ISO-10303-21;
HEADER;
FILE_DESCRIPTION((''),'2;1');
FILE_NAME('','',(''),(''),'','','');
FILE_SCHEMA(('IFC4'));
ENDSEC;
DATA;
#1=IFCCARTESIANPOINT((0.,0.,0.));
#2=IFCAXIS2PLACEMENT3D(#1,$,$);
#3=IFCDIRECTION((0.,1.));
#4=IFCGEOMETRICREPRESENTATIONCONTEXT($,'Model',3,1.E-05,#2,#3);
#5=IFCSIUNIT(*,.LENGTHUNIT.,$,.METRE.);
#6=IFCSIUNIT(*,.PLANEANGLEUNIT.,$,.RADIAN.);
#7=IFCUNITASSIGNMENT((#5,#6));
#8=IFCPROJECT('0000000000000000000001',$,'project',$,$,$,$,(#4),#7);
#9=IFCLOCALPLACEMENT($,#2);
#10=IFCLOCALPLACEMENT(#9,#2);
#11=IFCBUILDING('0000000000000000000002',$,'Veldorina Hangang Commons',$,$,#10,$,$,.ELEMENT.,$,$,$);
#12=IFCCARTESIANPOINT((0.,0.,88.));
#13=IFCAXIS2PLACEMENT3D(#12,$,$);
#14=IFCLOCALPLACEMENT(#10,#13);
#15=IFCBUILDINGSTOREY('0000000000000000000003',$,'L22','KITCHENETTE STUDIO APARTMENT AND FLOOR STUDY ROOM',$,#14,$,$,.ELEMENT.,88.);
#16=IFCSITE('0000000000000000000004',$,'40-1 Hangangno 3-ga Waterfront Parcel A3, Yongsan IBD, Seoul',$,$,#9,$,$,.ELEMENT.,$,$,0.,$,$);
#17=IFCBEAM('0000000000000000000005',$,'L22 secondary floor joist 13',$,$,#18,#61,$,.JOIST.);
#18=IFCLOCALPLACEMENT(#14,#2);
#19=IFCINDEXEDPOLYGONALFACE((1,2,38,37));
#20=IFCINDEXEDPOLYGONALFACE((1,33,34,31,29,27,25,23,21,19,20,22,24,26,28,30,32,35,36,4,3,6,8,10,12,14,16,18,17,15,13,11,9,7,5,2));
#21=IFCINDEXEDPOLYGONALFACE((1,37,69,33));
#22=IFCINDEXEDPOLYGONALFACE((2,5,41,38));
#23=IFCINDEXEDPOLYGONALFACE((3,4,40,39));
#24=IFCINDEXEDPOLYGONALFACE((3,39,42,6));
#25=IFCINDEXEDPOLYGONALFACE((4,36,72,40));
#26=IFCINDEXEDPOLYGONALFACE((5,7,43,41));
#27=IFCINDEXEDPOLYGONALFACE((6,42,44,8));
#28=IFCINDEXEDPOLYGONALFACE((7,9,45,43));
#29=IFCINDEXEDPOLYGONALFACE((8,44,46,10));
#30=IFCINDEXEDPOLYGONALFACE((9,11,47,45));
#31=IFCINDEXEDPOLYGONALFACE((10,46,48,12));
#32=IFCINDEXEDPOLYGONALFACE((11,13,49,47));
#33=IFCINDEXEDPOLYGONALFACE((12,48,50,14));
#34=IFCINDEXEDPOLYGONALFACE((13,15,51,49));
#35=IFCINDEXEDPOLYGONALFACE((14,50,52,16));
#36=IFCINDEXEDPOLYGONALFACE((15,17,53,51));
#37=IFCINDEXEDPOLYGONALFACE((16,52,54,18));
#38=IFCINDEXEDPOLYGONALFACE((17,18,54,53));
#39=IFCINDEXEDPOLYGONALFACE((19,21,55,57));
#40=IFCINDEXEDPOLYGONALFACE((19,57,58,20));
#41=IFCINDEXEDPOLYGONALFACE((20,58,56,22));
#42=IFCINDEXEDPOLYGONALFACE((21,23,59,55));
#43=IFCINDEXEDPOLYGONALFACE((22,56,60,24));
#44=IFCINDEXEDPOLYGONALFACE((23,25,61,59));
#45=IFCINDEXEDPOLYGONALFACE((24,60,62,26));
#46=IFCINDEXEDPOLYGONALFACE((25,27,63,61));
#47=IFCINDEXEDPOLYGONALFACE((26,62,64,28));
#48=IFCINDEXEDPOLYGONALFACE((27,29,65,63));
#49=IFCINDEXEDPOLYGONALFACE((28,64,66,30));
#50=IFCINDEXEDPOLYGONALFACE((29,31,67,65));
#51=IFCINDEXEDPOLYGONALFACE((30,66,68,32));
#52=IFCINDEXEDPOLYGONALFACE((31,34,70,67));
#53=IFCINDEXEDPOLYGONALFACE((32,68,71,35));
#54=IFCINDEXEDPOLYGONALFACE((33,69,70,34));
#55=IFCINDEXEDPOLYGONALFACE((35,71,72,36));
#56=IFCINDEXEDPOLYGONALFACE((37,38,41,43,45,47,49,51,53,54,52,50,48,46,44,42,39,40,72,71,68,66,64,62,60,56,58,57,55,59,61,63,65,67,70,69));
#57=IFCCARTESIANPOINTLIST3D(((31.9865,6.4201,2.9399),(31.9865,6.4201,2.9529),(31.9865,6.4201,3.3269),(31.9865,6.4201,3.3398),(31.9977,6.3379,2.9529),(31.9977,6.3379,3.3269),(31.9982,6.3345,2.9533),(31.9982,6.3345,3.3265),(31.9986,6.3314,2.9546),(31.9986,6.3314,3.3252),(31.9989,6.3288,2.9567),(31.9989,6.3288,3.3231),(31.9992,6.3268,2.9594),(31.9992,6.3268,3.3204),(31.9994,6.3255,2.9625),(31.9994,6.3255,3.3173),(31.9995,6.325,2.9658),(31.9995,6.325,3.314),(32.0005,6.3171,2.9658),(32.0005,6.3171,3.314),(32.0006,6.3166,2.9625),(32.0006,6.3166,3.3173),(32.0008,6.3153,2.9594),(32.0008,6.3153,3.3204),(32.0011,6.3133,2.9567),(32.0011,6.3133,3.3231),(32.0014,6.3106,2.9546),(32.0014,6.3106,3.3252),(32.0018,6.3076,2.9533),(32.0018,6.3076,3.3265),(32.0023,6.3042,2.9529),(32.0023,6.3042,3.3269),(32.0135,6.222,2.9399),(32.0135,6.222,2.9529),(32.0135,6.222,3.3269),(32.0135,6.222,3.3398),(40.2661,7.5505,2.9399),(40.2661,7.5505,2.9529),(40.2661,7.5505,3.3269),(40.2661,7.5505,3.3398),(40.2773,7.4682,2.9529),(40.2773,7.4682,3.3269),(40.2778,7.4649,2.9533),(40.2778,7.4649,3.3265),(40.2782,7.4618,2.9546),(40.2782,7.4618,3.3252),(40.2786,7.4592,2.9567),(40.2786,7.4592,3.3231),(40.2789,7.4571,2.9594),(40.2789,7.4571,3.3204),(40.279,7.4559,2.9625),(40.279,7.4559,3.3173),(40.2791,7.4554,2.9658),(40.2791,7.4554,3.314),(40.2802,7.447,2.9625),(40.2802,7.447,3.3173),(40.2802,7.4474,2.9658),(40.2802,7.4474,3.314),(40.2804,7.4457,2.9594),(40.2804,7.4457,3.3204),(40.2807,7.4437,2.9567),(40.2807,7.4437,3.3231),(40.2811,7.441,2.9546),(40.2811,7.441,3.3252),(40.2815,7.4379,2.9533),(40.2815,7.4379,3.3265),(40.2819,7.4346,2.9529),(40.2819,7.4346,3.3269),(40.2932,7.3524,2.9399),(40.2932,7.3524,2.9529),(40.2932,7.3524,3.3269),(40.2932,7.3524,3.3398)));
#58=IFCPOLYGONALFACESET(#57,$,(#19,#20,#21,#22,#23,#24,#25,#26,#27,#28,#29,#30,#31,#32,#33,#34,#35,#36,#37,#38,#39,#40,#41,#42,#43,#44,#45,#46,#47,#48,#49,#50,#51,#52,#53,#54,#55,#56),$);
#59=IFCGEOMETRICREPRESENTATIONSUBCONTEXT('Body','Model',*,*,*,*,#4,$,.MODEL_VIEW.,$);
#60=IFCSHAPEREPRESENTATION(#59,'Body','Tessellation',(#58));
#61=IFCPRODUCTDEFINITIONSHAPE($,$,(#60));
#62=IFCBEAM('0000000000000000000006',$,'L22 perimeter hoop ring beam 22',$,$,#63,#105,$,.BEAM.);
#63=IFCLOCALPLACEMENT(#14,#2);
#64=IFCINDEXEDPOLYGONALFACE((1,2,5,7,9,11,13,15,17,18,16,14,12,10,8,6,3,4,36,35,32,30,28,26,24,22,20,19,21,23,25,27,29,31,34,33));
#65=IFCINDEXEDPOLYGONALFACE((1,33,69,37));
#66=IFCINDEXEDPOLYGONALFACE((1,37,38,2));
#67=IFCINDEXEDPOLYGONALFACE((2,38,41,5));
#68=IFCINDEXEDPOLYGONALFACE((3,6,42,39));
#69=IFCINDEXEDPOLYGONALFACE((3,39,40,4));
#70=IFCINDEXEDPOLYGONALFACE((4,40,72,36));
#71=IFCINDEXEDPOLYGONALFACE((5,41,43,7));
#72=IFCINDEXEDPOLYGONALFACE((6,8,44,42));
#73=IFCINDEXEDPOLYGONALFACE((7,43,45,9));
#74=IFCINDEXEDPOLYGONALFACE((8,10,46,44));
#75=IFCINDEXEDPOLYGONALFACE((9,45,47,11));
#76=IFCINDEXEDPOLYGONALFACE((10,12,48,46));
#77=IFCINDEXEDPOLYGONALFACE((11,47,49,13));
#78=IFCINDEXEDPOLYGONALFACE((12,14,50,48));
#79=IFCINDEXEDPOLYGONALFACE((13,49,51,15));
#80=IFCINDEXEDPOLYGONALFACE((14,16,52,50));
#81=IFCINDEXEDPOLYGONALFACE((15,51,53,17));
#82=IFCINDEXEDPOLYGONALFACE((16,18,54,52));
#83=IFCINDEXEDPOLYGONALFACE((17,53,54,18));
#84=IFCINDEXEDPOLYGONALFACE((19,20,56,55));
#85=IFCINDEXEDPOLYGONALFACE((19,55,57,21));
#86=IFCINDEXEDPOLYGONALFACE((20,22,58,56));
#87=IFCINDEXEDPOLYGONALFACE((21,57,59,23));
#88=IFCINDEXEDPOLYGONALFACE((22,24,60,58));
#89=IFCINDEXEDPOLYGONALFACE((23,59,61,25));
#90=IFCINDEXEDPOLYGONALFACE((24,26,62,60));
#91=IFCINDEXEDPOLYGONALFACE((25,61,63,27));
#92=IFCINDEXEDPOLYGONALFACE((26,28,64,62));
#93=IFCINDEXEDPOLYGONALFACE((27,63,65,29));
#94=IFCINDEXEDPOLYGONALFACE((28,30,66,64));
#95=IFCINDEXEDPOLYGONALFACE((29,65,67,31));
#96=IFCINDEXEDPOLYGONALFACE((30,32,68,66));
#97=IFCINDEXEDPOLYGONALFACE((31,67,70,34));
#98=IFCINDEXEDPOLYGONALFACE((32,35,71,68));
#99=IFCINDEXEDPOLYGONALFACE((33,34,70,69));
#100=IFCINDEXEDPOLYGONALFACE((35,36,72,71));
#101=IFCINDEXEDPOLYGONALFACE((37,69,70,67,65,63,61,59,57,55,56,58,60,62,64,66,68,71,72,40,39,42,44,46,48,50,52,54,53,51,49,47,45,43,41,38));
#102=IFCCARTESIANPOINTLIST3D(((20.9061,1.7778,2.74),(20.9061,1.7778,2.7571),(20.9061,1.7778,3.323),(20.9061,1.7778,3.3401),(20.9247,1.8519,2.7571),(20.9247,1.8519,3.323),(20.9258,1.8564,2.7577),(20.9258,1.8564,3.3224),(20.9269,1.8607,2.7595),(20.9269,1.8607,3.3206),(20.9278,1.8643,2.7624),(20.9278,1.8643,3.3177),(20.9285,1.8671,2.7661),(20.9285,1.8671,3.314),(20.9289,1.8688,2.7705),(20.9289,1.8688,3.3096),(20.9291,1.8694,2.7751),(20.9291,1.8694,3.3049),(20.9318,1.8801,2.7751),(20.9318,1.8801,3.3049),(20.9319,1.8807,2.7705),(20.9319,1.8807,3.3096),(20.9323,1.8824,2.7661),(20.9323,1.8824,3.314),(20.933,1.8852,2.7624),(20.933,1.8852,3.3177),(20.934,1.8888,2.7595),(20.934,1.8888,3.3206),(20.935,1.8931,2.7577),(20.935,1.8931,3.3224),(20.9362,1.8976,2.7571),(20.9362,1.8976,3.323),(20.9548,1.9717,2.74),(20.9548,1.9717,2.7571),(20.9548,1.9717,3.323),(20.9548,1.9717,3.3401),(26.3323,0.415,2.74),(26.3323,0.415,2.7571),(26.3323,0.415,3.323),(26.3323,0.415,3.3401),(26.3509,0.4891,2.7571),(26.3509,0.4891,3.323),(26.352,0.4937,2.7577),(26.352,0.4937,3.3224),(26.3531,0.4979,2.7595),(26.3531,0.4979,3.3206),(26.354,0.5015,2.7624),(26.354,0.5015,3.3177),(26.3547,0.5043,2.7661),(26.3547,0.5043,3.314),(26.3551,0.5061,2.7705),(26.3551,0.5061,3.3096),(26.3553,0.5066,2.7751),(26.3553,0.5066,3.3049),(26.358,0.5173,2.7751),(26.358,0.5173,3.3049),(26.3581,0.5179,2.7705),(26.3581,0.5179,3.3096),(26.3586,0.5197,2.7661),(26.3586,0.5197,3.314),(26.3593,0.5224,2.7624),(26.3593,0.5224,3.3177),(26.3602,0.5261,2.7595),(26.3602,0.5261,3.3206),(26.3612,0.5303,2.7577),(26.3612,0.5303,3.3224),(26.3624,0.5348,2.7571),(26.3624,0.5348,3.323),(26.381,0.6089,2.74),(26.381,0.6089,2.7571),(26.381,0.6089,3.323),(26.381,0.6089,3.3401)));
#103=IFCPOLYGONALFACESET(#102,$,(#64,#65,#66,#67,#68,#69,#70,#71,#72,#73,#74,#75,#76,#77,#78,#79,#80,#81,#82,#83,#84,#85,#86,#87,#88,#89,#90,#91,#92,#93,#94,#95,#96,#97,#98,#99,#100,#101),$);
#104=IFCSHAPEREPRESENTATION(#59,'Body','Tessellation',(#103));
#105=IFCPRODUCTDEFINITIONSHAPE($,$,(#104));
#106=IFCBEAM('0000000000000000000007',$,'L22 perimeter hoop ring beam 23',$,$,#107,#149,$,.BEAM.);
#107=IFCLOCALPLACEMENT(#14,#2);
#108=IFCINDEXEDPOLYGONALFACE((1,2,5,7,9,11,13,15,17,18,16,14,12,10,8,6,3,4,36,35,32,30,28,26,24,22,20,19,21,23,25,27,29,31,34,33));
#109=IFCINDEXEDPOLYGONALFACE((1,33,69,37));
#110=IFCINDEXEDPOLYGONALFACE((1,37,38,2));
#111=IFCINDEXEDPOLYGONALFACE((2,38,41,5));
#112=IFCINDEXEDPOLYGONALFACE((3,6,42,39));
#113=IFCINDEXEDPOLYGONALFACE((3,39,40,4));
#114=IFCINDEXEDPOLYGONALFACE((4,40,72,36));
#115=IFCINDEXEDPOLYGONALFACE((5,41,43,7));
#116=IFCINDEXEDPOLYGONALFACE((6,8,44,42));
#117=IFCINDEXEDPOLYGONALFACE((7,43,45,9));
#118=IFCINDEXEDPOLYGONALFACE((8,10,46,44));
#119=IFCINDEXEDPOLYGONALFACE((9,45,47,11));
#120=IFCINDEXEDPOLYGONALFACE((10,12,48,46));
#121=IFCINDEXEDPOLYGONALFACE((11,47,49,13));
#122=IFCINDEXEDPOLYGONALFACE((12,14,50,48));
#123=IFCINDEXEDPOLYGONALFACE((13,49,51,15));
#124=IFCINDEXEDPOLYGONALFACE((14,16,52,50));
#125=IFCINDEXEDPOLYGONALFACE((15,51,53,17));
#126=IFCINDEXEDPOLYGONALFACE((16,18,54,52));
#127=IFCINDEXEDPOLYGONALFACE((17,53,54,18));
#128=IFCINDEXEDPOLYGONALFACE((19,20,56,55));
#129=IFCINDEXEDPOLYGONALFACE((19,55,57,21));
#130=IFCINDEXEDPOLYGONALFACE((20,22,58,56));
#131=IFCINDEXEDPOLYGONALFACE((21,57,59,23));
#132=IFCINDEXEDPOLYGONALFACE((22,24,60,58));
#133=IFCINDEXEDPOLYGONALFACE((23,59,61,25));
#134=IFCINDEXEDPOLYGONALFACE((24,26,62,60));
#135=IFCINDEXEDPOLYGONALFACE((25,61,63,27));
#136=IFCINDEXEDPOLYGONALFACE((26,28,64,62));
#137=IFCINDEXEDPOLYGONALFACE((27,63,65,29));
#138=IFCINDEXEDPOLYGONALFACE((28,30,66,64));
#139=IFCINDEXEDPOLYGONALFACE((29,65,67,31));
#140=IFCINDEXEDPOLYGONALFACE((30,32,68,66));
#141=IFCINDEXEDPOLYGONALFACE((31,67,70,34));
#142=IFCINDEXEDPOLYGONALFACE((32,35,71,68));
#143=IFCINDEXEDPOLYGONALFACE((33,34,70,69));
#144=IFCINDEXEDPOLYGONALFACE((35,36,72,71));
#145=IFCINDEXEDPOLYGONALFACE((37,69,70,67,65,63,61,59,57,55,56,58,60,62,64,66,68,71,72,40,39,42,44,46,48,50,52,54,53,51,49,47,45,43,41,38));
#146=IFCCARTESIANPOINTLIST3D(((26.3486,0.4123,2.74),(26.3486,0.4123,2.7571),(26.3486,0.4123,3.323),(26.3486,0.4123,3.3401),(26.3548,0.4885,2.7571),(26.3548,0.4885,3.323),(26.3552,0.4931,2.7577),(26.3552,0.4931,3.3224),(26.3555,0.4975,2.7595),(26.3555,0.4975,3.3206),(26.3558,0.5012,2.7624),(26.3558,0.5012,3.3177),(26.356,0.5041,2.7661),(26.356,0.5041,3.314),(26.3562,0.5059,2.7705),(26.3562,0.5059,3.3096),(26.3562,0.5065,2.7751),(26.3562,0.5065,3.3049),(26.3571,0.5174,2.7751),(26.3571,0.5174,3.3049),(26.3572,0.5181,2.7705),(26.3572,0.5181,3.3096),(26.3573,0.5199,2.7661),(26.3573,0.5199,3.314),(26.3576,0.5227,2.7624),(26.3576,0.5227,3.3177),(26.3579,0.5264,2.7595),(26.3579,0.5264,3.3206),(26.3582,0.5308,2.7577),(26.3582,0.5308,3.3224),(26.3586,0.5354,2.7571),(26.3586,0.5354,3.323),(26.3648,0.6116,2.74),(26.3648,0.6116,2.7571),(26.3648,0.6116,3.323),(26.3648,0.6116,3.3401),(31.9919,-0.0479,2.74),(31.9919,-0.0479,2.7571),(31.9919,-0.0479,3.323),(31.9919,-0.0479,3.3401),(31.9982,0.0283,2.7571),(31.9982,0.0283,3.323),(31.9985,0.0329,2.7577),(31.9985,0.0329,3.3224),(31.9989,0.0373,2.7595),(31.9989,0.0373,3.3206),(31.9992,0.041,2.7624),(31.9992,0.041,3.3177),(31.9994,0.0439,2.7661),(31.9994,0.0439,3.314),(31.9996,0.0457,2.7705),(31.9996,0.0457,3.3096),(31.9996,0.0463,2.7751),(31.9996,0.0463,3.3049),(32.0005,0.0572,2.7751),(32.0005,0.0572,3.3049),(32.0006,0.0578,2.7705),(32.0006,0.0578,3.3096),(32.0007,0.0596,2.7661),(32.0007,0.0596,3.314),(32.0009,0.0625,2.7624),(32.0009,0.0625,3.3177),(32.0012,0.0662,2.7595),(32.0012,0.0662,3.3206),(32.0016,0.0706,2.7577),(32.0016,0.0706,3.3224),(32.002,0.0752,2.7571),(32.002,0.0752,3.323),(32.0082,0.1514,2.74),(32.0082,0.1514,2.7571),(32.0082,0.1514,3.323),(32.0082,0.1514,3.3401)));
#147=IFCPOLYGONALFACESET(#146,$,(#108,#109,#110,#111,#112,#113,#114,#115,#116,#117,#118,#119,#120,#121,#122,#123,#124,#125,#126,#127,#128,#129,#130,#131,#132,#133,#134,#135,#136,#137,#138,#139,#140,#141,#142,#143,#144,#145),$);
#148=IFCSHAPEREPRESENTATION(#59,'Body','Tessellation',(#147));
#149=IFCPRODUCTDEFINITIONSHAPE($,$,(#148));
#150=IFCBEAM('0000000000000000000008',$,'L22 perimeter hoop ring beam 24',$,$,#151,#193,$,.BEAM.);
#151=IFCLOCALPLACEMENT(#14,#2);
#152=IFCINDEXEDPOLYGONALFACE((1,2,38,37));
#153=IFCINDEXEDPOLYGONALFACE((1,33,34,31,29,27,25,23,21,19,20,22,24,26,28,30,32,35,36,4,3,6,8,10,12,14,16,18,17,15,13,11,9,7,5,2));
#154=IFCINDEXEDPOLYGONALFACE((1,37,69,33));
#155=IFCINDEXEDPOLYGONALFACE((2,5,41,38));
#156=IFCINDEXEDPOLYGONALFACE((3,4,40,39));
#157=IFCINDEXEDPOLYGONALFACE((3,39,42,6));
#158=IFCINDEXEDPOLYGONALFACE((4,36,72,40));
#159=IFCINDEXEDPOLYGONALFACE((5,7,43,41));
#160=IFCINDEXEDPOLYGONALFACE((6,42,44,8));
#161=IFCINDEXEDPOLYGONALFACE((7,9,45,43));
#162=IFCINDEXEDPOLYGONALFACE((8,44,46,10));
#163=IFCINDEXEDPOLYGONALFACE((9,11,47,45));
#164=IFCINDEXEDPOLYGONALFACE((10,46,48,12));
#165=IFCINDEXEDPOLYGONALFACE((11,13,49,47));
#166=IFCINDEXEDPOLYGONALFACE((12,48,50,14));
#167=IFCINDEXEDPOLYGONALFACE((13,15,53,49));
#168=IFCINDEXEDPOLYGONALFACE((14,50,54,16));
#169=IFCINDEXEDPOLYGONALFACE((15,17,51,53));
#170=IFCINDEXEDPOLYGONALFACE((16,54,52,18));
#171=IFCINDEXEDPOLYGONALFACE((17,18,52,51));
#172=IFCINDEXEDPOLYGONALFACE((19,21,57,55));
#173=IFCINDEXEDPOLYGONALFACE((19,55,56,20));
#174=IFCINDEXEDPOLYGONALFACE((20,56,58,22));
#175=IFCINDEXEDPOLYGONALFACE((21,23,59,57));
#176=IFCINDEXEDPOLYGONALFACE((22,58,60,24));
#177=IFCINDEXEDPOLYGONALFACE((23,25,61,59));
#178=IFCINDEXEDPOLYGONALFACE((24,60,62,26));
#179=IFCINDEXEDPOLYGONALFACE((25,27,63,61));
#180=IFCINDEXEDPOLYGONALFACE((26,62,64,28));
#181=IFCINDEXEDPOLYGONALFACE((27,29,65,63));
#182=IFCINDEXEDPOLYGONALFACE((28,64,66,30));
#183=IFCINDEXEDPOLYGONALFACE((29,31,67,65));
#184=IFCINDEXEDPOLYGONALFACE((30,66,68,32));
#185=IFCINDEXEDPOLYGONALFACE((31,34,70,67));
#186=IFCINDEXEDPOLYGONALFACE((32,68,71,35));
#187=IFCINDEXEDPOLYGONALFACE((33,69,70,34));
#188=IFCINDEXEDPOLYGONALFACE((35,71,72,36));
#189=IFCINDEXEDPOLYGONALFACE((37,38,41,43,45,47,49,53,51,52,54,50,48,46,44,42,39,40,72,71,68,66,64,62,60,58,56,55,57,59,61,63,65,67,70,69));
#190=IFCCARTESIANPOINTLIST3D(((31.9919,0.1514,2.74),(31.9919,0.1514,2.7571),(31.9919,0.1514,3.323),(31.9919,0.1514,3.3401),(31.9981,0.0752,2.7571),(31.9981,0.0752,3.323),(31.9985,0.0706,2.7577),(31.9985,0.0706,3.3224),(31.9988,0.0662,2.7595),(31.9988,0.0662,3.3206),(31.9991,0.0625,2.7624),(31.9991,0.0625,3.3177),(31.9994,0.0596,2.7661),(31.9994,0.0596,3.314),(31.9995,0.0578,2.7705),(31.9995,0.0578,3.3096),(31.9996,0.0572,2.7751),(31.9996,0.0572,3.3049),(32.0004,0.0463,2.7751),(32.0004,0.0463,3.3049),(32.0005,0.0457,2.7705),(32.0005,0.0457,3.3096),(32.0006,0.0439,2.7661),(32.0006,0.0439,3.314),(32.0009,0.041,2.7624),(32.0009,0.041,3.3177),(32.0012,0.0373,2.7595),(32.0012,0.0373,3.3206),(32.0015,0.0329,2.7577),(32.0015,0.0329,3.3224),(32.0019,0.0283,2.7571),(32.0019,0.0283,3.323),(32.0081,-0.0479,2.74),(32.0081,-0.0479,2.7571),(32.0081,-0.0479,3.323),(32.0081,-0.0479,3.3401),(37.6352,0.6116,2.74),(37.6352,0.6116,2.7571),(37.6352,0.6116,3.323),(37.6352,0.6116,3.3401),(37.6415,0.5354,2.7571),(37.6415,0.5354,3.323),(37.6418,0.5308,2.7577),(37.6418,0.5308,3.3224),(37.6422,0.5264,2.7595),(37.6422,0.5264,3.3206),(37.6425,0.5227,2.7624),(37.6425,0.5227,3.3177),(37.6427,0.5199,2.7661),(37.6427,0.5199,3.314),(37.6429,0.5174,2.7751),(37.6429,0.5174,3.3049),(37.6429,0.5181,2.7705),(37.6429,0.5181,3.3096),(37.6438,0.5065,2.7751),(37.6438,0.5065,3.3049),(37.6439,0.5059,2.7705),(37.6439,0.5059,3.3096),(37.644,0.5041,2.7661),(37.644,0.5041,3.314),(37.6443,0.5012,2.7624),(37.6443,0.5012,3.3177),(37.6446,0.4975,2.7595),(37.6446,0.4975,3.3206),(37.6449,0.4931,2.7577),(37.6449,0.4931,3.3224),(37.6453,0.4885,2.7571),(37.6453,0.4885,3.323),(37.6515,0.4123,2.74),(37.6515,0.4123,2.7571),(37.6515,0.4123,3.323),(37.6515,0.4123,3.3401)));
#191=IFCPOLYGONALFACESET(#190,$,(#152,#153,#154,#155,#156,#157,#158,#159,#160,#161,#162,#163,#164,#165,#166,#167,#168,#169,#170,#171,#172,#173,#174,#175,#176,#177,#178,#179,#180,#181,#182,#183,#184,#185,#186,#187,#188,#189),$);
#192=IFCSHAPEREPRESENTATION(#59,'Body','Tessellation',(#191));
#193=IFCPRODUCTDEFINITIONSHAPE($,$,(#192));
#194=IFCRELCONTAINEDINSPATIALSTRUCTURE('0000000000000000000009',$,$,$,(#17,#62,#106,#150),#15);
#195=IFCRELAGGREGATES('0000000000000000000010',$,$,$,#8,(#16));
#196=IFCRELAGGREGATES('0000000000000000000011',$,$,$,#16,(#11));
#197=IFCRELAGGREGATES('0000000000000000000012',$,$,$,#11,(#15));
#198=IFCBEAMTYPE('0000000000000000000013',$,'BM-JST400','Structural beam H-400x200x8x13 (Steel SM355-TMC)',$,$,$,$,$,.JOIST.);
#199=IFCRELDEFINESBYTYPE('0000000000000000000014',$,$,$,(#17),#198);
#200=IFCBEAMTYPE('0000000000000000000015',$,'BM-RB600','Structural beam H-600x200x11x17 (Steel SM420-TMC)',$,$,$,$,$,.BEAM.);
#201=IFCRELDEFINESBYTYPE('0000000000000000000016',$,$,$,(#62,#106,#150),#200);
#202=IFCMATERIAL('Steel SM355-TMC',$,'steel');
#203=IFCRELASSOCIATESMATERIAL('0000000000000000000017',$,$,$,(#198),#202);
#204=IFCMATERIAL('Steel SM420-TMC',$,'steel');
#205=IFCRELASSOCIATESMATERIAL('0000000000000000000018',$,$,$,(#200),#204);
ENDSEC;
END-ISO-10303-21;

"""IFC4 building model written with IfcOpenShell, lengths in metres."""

from ifc_helpers import new_model, si_unit, direction, frame, origin, origin_2d, place, context, subcontext, project, spatial, i_section, extrude, material, material_profile, profile_set, type_object, element, save


model = new_model("IFC4")

# Units and contexts
model_context = context("Model", 3, precision=1e-05, world=origin(), true_north=direction((0.0, 1.0)))
body_context = subcontext(model_context, "Body", "Model", "MODEL_VIEW")
ifc_project = project(units=[si_unit("LENGTHUNIT", "METRE"), si_unit("PLANEANGLEUNIT", "RADIAN")], contexts=[model_context])

# Site, building, storey
site_placement = place(None, origin())
site = spatial("IfcSite", under=ifc_project, at=site_placement, Name="40-1 Hangangno 3-ga Waterfront Parcel A3, Yongsan IBD, Seoul", CompositionType="ELEMENT", RefElevation=0.0)
building_placement = place(site_placement, origin())
building = spatial("IfcBuilding", under=site, at=building_placement, Name="Veldorina Hangang Commons", CompositionType="ELEMENT")
storey_placement = place(building_placement, frame((0.0, 0.0, 88.0)))
storey = spatial("IfcBuildingStorey", under=building, at=storey_placement, Name="L22", Description="KITCHENETTE STUDIO APARTMENT AND FLOOR STUDY ROOM", CompositionType="ELEMENT", Elevation=88.0)

# Beams
ifc_material_1 = material(Name="Steel SM355-TMC", Category="steel")
ifc_material_profile_1 = material_profile(ifc_material_1, i_section(OverallWidth=0.2, OverallDepth=0.3999, WebThickness=0.0081, FlangeThickness=0.0129, FilletRadius=0.0129, at=origin_2d()), Name="H-400x200x8x13")
ifc_profile_set_1 = profile_set([ifc_material_profile_1], Name="Steel SM355-TMC")
beam_type_1 = type_object("IfcBeamType", Name="BM-JST400", Description="Structural beam H-400x200x8x13 (Steel SM355-TMC)", PredefinedType="JOIST", material=ifc_profile_set_1)
beam_1_placement = place(storey_placement, frame((32.0, 6.321, 3.1399), z_axis=(0.990809, 0.135271, 0.0), x_axis=(-0.135271, 0.990809, 0.0)))
element("IfcBeam", 1, at=beam_1_placement, inside=storey, type_object=beam_type_1, Name="L22 secondary floor joist 13", PredefinedType="JOIST", context=body_context, shape_type="SweptSolid", body=[
    extrude(i_section(OverallWidth=0.2, OverallDepth=0.3999, WebThickness=0.0081, FlangeThickness=0.0129, FilletRadius=0.0129, at=origin_2d()), origin(), (0.0, 0.0, 1.0), 8.3564),
])
ifc_material_2 = material(Name="Steel SM420-TMC", Category="steel")
ifc_material_profile_2 = material_profile(ifc_material_2, i_section(OverallWidth=0.2, OverallDepth=0.6001, WebThickness=0.011, FlangeThickness=0.0171, FilletRadius=0.0181, at=origin_2d()), Name="H-600x200x11x17")
ifc_profile_set_2 = profile_set([ifc_material_profile_2], Name="Steel SM420-TMC")
beam_type_2 = type_object("IfcBeamType", Name="BM-RB600", Description="Structural beam H-600x200x11x17 (Steel SM420-TMC)", PredefinedType="BEAM", material=ifc_profile_set_2)
beam_2_placement = place(storey_placement, frame((20.9304, 1.8748, 3.04), z_axis=(0.96988, -0.243583, 0.0), x_axis=(0.243583, 0.96988, 0.0)))
element("IfcBeam", 2, at=beam_2_placement, inside=storey, type_object=beam_type_2, Name="L22 perimeter hoop ring beam 22", PredefinedType="BEAM", context=body_context, shape_type="SweptSolid", body=[
    extrude(i_section(OverallWidth=0.2, OverallDepth=0.6001, WebThickness=0.011, FlangeThickness=0.0171, FilletRadius=0.0181, at=origin_2d()), origin(), (0.0, 0.0, 1.0), 5.5947),
])
for number, where, z_axis, x_axis, name in (
    (3, (26.3567, 0.512, 3.04), (0.996691, -0.081279, 0.0), (0.081279, 0.996691, 0.0), "L22 perimeter hoop ring beam 23"),
    (4, (32.0, 0.0518, 3.04), (0.996691, 0.081279, 0.0), (-0.081279, 0.996691, 0.0), "L22 perimeter hoop ring beam 24"),
):
    element("IfcBeam", number, at=place(storey_placement, frame(where, z_axis=z_axis, x_axis=x_axis)), inside=storey, type_object=beam_type_2, Name=name, PredefinedType="BEAM", context=body_context, shape_type="SweptSolid", body=[
        extrude(i_section(OverallWidth=0.2, OverallDepth=0.6001, WebThickness=0.011, FlangeThickness=0.0171, FilletRadius=0.0181, at=origin_2d()), origin(), (0.0, 0.0, 1.0), 5.6621),
    ])

save(model, "model.ifc")
